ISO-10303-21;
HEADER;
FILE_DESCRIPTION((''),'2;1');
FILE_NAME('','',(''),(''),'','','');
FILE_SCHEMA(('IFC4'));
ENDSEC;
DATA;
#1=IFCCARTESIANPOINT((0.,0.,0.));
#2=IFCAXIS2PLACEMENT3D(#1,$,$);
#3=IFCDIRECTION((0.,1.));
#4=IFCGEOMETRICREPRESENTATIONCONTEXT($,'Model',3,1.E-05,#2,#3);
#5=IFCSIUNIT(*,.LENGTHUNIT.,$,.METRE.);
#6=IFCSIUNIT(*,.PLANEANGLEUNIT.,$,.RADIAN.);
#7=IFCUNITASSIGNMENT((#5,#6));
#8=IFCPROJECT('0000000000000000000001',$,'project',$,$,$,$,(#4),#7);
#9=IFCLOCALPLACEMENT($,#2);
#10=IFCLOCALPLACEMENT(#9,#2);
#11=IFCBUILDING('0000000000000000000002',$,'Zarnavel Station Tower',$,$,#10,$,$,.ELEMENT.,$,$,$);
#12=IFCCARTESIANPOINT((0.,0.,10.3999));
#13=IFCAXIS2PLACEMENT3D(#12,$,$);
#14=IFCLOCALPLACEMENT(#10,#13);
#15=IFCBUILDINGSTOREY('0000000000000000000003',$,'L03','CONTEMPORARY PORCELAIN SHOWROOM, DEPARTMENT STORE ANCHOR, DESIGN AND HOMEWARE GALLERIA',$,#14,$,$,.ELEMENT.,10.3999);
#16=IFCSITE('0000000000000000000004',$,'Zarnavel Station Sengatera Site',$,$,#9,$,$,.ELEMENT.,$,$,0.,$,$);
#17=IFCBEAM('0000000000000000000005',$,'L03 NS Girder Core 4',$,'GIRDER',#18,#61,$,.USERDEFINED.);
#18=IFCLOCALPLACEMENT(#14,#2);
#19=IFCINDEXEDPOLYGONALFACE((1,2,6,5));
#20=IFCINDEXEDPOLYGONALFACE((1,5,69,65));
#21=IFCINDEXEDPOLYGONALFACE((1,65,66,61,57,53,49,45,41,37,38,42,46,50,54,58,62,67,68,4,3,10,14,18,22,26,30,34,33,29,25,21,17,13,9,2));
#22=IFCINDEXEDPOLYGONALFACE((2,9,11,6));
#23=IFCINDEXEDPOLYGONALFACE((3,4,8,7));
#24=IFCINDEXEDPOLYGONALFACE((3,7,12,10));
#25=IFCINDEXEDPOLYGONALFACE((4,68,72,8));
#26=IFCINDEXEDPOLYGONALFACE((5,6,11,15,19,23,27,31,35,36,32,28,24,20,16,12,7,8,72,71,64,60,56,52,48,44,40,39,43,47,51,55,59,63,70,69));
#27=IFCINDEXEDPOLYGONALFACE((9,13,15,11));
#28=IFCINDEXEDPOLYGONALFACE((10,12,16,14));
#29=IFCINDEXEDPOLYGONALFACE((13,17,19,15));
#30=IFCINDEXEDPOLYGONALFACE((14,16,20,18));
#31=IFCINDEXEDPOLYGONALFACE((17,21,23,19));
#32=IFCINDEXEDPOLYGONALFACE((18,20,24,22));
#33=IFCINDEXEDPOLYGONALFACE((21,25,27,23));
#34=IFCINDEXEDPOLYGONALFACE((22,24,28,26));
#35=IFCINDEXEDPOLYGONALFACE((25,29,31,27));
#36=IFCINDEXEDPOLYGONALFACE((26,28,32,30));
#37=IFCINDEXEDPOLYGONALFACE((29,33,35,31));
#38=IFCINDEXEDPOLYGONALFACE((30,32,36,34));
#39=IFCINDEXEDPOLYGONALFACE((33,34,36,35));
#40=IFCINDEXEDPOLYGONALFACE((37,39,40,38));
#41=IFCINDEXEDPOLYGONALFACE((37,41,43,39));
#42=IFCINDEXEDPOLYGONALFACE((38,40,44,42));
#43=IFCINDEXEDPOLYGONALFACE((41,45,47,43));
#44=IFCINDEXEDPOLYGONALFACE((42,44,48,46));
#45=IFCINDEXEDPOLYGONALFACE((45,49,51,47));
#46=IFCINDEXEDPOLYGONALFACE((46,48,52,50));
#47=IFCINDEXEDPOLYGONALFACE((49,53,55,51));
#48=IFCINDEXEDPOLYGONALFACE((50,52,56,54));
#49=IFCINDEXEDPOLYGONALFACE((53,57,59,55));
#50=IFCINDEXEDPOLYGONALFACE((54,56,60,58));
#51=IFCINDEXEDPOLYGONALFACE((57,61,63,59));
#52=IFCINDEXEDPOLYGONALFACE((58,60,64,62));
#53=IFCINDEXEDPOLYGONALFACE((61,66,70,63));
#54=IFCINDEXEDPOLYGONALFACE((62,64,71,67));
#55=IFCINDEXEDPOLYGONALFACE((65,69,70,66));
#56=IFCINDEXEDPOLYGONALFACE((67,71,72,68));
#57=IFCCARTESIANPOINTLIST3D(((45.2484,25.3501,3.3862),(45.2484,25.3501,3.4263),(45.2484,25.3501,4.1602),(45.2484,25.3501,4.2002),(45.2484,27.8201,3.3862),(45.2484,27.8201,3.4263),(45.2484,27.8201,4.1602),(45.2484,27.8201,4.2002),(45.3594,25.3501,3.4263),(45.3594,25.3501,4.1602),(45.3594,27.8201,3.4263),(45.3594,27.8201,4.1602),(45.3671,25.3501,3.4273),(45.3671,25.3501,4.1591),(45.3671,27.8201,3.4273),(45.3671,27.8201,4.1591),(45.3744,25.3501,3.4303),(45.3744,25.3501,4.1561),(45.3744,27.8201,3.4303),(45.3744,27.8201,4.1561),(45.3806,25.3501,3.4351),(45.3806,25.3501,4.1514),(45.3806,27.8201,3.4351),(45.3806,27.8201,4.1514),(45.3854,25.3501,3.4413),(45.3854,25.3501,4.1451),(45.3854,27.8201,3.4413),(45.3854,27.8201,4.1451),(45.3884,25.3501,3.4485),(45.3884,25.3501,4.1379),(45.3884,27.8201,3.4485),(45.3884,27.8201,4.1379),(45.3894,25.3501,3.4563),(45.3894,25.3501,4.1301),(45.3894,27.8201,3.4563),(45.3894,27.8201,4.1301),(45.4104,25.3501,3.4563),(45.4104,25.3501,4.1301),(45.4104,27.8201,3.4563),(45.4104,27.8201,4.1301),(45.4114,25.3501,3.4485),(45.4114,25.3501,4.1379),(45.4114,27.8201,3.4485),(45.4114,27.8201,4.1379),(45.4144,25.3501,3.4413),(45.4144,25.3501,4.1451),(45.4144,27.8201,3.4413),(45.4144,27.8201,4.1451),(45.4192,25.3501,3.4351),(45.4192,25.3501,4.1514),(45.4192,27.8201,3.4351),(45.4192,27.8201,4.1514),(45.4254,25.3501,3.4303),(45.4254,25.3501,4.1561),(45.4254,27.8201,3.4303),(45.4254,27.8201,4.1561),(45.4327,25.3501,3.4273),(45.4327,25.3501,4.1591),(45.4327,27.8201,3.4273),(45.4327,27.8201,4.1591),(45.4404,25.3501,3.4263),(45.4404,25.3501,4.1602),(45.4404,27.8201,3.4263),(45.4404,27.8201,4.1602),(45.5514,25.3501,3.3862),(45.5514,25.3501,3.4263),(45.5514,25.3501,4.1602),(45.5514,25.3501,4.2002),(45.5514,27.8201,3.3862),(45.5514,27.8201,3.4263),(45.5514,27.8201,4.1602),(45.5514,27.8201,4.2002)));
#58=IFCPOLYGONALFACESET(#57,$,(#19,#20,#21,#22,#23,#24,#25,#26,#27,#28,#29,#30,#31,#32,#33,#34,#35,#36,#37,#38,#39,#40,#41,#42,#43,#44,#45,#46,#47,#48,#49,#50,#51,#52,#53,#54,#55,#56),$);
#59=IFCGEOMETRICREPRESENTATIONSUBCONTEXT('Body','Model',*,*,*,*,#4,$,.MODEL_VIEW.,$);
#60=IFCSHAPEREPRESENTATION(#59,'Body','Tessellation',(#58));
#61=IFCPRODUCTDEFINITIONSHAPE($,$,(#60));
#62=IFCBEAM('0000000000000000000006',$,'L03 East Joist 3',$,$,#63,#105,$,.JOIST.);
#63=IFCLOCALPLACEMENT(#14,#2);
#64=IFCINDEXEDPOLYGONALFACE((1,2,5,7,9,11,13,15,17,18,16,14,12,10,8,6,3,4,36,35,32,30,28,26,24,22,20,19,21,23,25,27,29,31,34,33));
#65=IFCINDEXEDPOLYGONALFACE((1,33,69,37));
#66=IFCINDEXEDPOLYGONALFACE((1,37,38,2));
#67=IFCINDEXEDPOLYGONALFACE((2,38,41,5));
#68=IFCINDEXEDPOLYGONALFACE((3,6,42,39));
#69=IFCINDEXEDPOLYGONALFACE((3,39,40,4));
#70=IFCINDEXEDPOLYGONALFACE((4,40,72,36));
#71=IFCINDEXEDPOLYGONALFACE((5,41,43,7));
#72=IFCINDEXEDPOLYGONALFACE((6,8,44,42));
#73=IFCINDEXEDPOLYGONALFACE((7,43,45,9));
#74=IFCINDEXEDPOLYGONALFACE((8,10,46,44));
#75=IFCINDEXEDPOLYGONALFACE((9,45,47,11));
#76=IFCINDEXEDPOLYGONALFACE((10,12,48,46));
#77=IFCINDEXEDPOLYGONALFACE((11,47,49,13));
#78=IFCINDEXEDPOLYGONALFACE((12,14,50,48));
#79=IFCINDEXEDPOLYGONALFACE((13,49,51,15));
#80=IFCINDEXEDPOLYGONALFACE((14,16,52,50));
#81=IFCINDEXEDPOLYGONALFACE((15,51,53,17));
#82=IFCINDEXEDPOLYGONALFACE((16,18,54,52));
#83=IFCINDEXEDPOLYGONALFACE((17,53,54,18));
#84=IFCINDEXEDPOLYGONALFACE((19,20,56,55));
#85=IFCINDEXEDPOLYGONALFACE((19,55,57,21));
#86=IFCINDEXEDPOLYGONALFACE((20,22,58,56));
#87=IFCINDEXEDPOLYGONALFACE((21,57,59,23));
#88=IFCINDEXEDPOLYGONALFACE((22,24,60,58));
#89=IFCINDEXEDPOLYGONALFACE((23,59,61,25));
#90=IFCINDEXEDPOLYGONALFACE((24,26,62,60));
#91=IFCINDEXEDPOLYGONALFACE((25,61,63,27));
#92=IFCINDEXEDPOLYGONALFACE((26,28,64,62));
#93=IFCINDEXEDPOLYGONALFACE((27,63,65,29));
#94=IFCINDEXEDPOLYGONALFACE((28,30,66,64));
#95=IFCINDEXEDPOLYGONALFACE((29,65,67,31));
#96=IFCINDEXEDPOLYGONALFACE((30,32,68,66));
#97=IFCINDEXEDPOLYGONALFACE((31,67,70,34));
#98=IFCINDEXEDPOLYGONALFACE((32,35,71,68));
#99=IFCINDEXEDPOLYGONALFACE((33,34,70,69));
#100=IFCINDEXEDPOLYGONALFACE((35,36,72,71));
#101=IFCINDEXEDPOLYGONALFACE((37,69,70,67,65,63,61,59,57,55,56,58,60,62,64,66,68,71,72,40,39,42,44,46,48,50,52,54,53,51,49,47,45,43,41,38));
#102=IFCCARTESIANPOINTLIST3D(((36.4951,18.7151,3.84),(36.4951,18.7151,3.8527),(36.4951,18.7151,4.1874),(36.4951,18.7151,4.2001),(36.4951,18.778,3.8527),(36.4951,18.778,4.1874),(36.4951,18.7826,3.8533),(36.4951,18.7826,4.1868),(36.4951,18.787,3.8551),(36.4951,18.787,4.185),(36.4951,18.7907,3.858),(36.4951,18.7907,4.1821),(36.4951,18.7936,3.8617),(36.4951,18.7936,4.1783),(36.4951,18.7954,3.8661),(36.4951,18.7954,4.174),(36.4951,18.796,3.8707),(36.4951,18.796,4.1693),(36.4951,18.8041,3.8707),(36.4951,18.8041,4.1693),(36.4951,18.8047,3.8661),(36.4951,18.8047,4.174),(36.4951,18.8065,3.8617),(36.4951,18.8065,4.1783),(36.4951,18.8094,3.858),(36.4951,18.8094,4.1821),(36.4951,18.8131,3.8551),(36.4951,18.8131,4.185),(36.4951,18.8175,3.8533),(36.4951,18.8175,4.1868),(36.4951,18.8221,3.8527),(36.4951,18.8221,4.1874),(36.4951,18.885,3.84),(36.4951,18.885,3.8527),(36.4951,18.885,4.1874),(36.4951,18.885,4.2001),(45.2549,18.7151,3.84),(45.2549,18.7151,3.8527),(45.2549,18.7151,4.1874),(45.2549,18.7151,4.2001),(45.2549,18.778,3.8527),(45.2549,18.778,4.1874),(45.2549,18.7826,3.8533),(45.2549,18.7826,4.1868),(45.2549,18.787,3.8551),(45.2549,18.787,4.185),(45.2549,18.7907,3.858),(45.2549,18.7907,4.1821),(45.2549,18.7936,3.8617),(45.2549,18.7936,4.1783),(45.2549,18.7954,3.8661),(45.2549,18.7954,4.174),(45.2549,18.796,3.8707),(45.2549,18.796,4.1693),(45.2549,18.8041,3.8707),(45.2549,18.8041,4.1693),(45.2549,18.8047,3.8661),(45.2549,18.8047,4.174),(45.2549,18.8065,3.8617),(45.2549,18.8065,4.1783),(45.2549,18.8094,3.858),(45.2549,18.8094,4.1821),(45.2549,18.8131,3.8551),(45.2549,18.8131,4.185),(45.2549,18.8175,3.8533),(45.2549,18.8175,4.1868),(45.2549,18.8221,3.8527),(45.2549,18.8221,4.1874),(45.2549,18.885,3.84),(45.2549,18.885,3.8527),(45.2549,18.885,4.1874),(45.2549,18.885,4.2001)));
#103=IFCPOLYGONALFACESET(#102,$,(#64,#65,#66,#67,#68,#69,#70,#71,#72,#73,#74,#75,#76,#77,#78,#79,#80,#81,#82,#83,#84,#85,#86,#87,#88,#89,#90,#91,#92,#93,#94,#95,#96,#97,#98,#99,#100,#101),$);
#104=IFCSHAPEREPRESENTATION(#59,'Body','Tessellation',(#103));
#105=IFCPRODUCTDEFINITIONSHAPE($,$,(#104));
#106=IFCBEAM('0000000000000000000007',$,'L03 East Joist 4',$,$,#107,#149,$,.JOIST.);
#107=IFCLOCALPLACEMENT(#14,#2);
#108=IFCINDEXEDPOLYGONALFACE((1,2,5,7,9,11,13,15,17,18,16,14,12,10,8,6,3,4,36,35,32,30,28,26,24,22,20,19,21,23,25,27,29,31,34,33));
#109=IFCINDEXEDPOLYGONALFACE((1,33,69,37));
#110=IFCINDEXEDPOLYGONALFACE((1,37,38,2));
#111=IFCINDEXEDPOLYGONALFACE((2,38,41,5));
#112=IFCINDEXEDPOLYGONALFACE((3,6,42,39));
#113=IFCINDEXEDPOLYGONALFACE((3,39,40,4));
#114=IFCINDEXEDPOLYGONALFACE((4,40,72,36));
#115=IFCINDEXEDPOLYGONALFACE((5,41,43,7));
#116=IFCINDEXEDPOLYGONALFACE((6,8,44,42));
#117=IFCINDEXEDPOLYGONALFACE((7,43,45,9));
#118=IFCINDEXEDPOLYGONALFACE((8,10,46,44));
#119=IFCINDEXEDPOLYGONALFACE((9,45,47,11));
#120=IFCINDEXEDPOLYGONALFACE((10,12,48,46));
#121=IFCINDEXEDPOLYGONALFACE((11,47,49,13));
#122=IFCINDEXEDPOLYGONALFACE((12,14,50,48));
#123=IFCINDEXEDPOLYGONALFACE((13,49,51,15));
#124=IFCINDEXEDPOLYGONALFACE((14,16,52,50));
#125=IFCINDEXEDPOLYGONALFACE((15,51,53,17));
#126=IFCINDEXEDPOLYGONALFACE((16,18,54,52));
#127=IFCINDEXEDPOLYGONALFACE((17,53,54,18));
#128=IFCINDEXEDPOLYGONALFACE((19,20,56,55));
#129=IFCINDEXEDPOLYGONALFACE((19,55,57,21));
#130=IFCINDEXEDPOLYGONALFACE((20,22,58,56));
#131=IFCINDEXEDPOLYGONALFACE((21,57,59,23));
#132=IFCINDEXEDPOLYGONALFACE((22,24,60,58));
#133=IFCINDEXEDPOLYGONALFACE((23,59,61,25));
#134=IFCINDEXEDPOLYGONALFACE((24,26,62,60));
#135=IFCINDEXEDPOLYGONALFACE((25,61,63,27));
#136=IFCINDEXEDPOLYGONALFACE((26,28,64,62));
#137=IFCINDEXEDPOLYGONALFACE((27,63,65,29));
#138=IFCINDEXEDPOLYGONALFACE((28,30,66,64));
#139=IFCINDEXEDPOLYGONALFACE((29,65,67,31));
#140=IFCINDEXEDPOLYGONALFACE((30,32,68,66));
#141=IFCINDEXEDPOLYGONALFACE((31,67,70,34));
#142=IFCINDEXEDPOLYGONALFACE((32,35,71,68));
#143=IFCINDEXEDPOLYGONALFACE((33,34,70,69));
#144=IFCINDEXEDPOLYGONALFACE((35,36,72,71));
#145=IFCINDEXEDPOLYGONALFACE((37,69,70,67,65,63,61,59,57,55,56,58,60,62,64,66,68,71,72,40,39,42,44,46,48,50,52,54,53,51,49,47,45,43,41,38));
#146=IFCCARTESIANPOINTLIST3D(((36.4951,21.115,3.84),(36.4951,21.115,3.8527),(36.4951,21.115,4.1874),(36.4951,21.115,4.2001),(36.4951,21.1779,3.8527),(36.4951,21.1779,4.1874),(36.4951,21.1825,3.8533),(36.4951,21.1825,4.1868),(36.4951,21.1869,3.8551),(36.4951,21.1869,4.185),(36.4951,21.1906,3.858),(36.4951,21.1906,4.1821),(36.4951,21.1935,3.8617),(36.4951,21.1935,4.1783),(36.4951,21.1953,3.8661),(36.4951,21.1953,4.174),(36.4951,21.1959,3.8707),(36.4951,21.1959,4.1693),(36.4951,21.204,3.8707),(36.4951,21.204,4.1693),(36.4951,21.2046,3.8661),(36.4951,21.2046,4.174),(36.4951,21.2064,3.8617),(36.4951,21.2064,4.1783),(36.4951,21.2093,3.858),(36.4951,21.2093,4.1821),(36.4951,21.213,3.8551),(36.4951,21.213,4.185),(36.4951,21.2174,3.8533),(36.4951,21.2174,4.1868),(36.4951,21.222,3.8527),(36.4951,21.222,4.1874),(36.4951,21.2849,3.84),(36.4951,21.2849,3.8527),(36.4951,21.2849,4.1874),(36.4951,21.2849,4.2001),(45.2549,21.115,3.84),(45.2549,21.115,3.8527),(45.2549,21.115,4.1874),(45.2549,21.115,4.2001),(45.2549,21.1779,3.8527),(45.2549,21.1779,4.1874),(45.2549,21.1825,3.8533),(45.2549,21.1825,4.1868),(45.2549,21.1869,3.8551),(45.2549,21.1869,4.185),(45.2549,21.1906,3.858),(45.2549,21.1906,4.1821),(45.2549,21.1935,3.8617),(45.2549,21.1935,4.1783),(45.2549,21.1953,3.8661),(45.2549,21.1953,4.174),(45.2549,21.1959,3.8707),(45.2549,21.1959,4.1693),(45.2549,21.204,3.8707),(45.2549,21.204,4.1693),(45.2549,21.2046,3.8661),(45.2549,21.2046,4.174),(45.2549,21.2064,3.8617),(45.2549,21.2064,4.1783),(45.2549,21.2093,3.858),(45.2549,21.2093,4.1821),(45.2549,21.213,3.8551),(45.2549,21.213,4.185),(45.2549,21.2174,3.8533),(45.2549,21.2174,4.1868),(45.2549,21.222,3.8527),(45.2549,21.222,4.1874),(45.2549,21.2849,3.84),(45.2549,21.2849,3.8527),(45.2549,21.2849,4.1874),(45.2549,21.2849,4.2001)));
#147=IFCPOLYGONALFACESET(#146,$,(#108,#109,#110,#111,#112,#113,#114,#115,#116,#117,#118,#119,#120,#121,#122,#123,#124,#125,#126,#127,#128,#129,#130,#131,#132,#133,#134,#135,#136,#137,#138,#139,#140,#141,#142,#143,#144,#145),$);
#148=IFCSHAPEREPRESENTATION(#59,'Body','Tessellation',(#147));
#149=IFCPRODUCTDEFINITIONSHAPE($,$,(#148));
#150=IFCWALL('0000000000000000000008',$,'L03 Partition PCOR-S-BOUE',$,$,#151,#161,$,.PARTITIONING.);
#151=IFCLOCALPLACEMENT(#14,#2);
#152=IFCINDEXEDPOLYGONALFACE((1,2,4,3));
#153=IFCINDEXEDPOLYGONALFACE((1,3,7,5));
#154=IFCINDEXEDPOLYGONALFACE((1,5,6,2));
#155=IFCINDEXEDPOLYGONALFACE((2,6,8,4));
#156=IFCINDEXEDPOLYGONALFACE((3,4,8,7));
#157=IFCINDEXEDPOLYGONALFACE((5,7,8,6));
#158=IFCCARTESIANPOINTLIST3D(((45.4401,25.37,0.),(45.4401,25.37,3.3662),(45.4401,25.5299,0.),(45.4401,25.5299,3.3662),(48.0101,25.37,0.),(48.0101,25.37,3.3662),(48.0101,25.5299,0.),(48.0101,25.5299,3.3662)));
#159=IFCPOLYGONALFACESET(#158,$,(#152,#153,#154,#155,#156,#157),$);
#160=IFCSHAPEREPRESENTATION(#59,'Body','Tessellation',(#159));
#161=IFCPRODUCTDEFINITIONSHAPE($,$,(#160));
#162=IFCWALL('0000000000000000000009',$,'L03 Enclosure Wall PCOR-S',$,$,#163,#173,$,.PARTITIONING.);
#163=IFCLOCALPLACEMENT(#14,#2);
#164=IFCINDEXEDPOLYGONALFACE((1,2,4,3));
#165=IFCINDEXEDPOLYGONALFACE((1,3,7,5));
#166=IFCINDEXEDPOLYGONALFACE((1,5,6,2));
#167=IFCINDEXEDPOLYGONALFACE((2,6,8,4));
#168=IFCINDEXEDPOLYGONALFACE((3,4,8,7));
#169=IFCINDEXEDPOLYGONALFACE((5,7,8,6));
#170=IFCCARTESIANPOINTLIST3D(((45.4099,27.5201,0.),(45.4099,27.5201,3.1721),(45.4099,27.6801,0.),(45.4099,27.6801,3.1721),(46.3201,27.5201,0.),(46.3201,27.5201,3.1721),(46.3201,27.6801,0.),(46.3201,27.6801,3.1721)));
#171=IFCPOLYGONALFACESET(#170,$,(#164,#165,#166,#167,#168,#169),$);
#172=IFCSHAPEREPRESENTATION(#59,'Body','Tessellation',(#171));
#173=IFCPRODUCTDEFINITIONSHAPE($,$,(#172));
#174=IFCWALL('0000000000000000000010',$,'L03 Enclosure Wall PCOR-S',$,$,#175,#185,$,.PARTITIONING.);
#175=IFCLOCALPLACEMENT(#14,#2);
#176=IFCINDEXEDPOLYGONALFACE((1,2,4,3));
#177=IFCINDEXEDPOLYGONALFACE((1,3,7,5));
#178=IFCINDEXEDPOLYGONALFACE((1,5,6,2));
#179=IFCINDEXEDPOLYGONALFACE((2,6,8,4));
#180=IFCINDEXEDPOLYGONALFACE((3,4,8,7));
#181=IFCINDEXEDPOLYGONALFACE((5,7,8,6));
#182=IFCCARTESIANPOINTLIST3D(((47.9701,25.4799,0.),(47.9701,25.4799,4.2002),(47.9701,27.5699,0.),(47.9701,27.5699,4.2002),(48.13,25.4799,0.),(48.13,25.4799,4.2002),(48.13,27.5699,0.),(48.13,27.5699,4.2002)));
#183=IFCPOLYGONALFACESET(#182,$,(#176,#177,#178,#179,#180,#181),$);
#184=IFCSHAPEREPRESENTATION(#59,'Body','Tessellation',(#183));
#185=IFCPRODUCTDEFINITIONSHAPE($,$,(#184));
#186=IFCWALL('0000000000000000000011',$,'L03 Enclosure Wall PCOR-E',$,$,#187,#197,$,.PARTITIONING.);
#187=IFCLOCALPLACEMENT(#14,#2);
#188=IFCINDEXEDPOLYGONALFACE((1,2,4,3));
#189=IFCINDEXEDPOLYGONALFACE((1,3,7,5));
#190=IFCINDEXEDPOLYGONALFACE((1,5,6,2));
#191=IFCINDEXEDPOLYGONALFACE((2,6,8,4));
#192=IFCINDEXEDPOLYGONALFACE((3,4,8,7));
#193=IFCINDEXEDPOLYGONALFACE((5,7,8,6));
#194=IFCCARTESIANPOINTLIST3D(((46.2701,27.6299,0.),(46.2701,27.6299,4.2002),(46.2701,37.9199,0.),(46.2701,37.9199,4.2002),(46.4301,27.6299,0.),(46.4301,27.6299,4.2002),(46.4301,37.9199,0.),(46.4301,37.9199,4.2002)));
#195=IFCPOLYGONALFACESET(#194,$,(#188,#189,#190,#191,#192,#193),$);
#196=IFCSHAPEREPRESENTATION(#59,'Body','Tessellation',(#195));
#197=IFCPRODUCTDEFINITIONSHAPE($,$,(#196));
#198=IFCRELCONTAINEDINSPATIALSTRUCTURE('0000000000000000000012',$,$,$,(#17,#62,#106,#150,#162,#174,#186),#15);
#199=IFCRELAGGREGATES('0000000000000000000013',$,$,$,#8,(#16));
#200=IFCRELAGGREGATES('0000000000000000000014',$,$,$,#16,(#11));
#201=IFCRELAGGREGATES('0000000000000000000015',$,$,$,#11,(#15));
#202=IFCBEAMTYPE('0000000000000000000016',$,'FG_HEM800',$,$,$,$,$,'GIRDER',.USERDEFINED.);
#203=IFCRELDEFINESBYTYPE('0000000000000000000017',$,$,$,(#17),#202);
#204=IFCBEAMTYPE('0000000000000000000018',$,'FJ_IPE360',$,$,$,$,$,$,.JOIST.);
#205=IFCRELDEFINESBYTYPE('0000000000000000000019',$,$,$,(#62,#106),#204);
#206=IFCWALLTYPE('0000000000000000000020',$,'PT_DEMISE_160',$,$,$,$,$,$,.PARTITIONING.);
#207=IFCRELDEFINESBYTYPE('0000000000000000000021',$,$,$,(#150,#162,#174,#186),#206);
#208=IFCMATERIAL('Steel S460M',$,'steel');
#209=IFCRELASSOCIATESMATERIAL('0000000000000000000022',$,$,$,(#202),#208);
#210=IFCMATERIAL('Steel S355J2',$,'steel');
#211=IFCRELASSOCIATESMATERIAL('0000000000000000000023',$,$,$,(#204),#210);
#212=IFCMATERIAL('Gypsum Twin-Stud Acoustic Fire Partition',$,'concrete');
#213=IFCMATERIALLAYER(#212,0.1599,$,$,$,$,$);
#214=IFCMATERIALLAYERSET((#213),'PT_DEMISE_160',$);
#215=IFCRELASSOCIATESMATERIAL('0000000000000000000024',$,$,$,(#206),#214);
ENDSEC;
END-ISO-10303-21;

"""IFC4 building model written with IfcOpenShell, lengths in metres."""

from ifc_helpers import new_model, si_unit, direction, frame, frame_2d, origin, origin_2d, place, context, subcontext, project, spatial, rectangle, i_section, extrude, material, layer, layer_set, material_profile, profile_set, type_object, element, save


model = new_model("IFC4")

# Units and contexts
model_context = context("Model", 3, precision=1e-05, world=origin(), true_north=direction((0.0, 1.0)))
body_context = subcontext(model_context, "Body", "Model", "MODEL_VIEW")
ifc_project = project(units=[si_unit("LENGTHUNIT", "METRE"), si_unit("PLANEANGLEUNIT", "RADIAN")], contexts=[model_context])

# Site, building, storey
site_placement = place(None, origin())
site = spatial("IfcSite", under=ifc_project, at=site_placement, Name="Zarnavel Station Sengatera Site", CompositionType="ELEMENT", RefElevation=0.0)
building_placement = place(site_placement, origin())
building = spatial("IfcBuilding", under=site, at=building_placement, Name="Zarnavel Station Tower", CompositionType="ELEMENT")
storey_placement = place(building_placement, frame((0.0, 0.0, 10.3999)))
storey = spatial("IfcBuildingStorey", under=building, at=storey_placement, Name="L03", Description="CONTEMPORARY PORCELAIN SHOWROOM, DEPARTMENT STORE ANCHOR, DESIGN AND HOMEWARE GALLERIA", CompositionType="ELEMENT", Elevation=10.3999)

# Beams
ifc_material_1 = material(Name="Steel S460M", Category="steel")
ifc_material_profile_1 = material_profile(ifc_material_1, i_section(OverallWidth=0.303, OverallDepth=0.814, WebThickness=0.021, FlangeThickness=0.04, FilletRadius=0.03, at=origin_2d()), Name="HEM800")
ifc_profile_set_1 = profile_set([ifc_material_profile_1], Name="Steel S460M")
beam_type_1 = type_object("IfcBeamType", Name="FG_HEM800", ElementType="GIRDER", PredefinedType="USERDEFINED", material=ifc_profile_set_1)
beam_1_placement = place(storey_placement, frame((45.3999, 25.3501, 3.7932), z_axis=(0.0, 1.0, 0.0), x_axis=(-1.0, 0.0, 0.0)))
element("IfcBeam", 1, at=beam_1_placement, inside=storey, type_object=beam_type_1, Name="L03 NS Girder Core 4", ObjectType="GIRDER", PredefinedType="USERDEFINED", context=body_context, shape_type="SweptSolid", body=[
    extrude(i_section(OverallWidth=0.303, OverallDepth=0.814, WebThickness=0.021, FlangeThickness=0.04, FilletRadius=0.03, at=origin_2d()), origin(), (0.0, 0.0, 1.0), 2.47),
])
ifc_material_2 = material(Name="Steel S355J2", Category="steel")
ifc_material_profile_2 = material_profile(ifc_material_2, i_section(OverallWidth=0.1699, OverallDepth=0.3601, WebThickness=0.0081, FlangeThickness=0.0127, FilletRadius=0.0181, at=origin_2d()), Name="IPE360")
ifc_profile_set_2 = profile_set([ifc_material_profile_2], Name="Steel S355J2")
beam_type_2 = type_object("IfcBeamType", Name="FJ_IPE360", PredefinedType="JOIST", material=ifc_profile_set_2)
for number, where, z_axis, x_axis, name in (
    (2, (36.4951, 18.8, 4.02), (1.0, 0.0, 0.0), (0.0, 1.0, 0.0), "L03 East Joist 3"),
    (3, (36.4951, 21.2, 4.02), (1.0, 0.0, 0.0), (0.0, 1.0, 0.0), "L03 East Joist 4"),
):
    element("IfcBeam", number, at=place(storey_placement, frame(where, z_axis=z_axis, x_axis=x_axis)), inside=storey, type_object=beam_type_2, Name=name, PredefinedType="JOIST", context=body_context, shape_type="SweptSolid", body=[
        extrude(i_section(OverallWidth=0.1699, OverallDepth=0.3601, WebThickness=0.0081, FlangeThickness=0.0127, FilletRadius=0.0181, at=origin_2d()), origin(), (0.0, 0.0, 1.0), 8.7598),
    ])

# Walls
ifc_material_3 = material(Name="Gypsum Twin-Stud Acoustic Fire Partition", Category="concrete")
ifc_layer_1 = layer(ifc_material_3, 0.1599)
ifc_layer_set_1 = layer_set([ifc_layer_1], Name="PT_DEMISE_160")
wall_type_1 = type_object("IfcWallType", Name="PT_DEMISE_160", PredefinedType="PARTITIONING", material=ifc_layer_set_1)
wall_1_placement = place(storey_placement, frame((45.4399, 25.45, 0.0), z_axis=(0.0, 0.0, 1.0), x_axis=(1.0, 0.0, 0.0)))
element("IfcWall", 4, at=wall_1_placement, inside=storey, type_object=wall_type_1, Name="L03 Partition PCOR-S-BOUE", PredefinedType="PARTITIONING", context=body_context, shape_type="SweptSolid", body=[
    extrude(rectangle(XDim=2.5701, YDim=0.1599, at=frame_2d((1.2852, 0.0))), origin(), (0.0, 0.0, 1.0), 3.3662),
])
wall_2_placement = place(storey_placement, frame((45.4099, 27.6001, 0.0), z_axis=(0.0, 0.0, 1.0), x_axis=(1.0, 0.0, 0.0)))
element("IfcWall", 5, at=wall_2_placement, inside=storey, type_object=wall_type_1, Name="L03 Enclosure Wall PCOR-S", PredefinedType="PARTITIONING", context=body_context, shape_type="SweptSolid", body=[
    extrude(rectangle(XDim=0.9102, YDim=0.1599, at=frame_2d((0.4551, 0.0))), origin(), (0.0, 0.0, 1.0), 3.1721),
])
wall_3_placement = place(storey_placement, frame((48.05, 25.48, 0.0), z_axis=(0.0, 0.0, 1.0), x_axis=(0.0, 1.0, 0.0)))
element("IfcWall", 6, at=wall_3_placement, inside=storey, type_object=wall_type_1, Name="L03 Enclosure Wall PCOR-S", PredefinedType="PARTITIONING", context=body_context, shape_type="SweptSolid", body=[
    extrude(rectangle(XDim=2.0901, YDim=0.1599, at=frame_2d((1.0449, 0.0))), origin(), (0.0, 0.0, 1.0), 4.2002),
])
wall_4_placement = place(storey_placement, frame((46.3501, 27.6299, 0.0), z_axis=(0.0, 0.0, 1.0), x_axis=(0.0, 1.0, 0.0)))
element("IfcWall", 7, at=wall_4_placement, inside=storey, type_object=wall_type_1, Name="L03 Enclosure Wall PCOR-E", PredefinedType="PARTITIONING", context=body_context, shape_type="SweptSolid", body=[
    extrude(rectangle(XDim=10.29, YDim=0.1599, at=frame_2d((5.145, 0.0))), origin(), (0.0, 0.0, 1.0), 4.2002),
])

save(model, "model.ifc")
